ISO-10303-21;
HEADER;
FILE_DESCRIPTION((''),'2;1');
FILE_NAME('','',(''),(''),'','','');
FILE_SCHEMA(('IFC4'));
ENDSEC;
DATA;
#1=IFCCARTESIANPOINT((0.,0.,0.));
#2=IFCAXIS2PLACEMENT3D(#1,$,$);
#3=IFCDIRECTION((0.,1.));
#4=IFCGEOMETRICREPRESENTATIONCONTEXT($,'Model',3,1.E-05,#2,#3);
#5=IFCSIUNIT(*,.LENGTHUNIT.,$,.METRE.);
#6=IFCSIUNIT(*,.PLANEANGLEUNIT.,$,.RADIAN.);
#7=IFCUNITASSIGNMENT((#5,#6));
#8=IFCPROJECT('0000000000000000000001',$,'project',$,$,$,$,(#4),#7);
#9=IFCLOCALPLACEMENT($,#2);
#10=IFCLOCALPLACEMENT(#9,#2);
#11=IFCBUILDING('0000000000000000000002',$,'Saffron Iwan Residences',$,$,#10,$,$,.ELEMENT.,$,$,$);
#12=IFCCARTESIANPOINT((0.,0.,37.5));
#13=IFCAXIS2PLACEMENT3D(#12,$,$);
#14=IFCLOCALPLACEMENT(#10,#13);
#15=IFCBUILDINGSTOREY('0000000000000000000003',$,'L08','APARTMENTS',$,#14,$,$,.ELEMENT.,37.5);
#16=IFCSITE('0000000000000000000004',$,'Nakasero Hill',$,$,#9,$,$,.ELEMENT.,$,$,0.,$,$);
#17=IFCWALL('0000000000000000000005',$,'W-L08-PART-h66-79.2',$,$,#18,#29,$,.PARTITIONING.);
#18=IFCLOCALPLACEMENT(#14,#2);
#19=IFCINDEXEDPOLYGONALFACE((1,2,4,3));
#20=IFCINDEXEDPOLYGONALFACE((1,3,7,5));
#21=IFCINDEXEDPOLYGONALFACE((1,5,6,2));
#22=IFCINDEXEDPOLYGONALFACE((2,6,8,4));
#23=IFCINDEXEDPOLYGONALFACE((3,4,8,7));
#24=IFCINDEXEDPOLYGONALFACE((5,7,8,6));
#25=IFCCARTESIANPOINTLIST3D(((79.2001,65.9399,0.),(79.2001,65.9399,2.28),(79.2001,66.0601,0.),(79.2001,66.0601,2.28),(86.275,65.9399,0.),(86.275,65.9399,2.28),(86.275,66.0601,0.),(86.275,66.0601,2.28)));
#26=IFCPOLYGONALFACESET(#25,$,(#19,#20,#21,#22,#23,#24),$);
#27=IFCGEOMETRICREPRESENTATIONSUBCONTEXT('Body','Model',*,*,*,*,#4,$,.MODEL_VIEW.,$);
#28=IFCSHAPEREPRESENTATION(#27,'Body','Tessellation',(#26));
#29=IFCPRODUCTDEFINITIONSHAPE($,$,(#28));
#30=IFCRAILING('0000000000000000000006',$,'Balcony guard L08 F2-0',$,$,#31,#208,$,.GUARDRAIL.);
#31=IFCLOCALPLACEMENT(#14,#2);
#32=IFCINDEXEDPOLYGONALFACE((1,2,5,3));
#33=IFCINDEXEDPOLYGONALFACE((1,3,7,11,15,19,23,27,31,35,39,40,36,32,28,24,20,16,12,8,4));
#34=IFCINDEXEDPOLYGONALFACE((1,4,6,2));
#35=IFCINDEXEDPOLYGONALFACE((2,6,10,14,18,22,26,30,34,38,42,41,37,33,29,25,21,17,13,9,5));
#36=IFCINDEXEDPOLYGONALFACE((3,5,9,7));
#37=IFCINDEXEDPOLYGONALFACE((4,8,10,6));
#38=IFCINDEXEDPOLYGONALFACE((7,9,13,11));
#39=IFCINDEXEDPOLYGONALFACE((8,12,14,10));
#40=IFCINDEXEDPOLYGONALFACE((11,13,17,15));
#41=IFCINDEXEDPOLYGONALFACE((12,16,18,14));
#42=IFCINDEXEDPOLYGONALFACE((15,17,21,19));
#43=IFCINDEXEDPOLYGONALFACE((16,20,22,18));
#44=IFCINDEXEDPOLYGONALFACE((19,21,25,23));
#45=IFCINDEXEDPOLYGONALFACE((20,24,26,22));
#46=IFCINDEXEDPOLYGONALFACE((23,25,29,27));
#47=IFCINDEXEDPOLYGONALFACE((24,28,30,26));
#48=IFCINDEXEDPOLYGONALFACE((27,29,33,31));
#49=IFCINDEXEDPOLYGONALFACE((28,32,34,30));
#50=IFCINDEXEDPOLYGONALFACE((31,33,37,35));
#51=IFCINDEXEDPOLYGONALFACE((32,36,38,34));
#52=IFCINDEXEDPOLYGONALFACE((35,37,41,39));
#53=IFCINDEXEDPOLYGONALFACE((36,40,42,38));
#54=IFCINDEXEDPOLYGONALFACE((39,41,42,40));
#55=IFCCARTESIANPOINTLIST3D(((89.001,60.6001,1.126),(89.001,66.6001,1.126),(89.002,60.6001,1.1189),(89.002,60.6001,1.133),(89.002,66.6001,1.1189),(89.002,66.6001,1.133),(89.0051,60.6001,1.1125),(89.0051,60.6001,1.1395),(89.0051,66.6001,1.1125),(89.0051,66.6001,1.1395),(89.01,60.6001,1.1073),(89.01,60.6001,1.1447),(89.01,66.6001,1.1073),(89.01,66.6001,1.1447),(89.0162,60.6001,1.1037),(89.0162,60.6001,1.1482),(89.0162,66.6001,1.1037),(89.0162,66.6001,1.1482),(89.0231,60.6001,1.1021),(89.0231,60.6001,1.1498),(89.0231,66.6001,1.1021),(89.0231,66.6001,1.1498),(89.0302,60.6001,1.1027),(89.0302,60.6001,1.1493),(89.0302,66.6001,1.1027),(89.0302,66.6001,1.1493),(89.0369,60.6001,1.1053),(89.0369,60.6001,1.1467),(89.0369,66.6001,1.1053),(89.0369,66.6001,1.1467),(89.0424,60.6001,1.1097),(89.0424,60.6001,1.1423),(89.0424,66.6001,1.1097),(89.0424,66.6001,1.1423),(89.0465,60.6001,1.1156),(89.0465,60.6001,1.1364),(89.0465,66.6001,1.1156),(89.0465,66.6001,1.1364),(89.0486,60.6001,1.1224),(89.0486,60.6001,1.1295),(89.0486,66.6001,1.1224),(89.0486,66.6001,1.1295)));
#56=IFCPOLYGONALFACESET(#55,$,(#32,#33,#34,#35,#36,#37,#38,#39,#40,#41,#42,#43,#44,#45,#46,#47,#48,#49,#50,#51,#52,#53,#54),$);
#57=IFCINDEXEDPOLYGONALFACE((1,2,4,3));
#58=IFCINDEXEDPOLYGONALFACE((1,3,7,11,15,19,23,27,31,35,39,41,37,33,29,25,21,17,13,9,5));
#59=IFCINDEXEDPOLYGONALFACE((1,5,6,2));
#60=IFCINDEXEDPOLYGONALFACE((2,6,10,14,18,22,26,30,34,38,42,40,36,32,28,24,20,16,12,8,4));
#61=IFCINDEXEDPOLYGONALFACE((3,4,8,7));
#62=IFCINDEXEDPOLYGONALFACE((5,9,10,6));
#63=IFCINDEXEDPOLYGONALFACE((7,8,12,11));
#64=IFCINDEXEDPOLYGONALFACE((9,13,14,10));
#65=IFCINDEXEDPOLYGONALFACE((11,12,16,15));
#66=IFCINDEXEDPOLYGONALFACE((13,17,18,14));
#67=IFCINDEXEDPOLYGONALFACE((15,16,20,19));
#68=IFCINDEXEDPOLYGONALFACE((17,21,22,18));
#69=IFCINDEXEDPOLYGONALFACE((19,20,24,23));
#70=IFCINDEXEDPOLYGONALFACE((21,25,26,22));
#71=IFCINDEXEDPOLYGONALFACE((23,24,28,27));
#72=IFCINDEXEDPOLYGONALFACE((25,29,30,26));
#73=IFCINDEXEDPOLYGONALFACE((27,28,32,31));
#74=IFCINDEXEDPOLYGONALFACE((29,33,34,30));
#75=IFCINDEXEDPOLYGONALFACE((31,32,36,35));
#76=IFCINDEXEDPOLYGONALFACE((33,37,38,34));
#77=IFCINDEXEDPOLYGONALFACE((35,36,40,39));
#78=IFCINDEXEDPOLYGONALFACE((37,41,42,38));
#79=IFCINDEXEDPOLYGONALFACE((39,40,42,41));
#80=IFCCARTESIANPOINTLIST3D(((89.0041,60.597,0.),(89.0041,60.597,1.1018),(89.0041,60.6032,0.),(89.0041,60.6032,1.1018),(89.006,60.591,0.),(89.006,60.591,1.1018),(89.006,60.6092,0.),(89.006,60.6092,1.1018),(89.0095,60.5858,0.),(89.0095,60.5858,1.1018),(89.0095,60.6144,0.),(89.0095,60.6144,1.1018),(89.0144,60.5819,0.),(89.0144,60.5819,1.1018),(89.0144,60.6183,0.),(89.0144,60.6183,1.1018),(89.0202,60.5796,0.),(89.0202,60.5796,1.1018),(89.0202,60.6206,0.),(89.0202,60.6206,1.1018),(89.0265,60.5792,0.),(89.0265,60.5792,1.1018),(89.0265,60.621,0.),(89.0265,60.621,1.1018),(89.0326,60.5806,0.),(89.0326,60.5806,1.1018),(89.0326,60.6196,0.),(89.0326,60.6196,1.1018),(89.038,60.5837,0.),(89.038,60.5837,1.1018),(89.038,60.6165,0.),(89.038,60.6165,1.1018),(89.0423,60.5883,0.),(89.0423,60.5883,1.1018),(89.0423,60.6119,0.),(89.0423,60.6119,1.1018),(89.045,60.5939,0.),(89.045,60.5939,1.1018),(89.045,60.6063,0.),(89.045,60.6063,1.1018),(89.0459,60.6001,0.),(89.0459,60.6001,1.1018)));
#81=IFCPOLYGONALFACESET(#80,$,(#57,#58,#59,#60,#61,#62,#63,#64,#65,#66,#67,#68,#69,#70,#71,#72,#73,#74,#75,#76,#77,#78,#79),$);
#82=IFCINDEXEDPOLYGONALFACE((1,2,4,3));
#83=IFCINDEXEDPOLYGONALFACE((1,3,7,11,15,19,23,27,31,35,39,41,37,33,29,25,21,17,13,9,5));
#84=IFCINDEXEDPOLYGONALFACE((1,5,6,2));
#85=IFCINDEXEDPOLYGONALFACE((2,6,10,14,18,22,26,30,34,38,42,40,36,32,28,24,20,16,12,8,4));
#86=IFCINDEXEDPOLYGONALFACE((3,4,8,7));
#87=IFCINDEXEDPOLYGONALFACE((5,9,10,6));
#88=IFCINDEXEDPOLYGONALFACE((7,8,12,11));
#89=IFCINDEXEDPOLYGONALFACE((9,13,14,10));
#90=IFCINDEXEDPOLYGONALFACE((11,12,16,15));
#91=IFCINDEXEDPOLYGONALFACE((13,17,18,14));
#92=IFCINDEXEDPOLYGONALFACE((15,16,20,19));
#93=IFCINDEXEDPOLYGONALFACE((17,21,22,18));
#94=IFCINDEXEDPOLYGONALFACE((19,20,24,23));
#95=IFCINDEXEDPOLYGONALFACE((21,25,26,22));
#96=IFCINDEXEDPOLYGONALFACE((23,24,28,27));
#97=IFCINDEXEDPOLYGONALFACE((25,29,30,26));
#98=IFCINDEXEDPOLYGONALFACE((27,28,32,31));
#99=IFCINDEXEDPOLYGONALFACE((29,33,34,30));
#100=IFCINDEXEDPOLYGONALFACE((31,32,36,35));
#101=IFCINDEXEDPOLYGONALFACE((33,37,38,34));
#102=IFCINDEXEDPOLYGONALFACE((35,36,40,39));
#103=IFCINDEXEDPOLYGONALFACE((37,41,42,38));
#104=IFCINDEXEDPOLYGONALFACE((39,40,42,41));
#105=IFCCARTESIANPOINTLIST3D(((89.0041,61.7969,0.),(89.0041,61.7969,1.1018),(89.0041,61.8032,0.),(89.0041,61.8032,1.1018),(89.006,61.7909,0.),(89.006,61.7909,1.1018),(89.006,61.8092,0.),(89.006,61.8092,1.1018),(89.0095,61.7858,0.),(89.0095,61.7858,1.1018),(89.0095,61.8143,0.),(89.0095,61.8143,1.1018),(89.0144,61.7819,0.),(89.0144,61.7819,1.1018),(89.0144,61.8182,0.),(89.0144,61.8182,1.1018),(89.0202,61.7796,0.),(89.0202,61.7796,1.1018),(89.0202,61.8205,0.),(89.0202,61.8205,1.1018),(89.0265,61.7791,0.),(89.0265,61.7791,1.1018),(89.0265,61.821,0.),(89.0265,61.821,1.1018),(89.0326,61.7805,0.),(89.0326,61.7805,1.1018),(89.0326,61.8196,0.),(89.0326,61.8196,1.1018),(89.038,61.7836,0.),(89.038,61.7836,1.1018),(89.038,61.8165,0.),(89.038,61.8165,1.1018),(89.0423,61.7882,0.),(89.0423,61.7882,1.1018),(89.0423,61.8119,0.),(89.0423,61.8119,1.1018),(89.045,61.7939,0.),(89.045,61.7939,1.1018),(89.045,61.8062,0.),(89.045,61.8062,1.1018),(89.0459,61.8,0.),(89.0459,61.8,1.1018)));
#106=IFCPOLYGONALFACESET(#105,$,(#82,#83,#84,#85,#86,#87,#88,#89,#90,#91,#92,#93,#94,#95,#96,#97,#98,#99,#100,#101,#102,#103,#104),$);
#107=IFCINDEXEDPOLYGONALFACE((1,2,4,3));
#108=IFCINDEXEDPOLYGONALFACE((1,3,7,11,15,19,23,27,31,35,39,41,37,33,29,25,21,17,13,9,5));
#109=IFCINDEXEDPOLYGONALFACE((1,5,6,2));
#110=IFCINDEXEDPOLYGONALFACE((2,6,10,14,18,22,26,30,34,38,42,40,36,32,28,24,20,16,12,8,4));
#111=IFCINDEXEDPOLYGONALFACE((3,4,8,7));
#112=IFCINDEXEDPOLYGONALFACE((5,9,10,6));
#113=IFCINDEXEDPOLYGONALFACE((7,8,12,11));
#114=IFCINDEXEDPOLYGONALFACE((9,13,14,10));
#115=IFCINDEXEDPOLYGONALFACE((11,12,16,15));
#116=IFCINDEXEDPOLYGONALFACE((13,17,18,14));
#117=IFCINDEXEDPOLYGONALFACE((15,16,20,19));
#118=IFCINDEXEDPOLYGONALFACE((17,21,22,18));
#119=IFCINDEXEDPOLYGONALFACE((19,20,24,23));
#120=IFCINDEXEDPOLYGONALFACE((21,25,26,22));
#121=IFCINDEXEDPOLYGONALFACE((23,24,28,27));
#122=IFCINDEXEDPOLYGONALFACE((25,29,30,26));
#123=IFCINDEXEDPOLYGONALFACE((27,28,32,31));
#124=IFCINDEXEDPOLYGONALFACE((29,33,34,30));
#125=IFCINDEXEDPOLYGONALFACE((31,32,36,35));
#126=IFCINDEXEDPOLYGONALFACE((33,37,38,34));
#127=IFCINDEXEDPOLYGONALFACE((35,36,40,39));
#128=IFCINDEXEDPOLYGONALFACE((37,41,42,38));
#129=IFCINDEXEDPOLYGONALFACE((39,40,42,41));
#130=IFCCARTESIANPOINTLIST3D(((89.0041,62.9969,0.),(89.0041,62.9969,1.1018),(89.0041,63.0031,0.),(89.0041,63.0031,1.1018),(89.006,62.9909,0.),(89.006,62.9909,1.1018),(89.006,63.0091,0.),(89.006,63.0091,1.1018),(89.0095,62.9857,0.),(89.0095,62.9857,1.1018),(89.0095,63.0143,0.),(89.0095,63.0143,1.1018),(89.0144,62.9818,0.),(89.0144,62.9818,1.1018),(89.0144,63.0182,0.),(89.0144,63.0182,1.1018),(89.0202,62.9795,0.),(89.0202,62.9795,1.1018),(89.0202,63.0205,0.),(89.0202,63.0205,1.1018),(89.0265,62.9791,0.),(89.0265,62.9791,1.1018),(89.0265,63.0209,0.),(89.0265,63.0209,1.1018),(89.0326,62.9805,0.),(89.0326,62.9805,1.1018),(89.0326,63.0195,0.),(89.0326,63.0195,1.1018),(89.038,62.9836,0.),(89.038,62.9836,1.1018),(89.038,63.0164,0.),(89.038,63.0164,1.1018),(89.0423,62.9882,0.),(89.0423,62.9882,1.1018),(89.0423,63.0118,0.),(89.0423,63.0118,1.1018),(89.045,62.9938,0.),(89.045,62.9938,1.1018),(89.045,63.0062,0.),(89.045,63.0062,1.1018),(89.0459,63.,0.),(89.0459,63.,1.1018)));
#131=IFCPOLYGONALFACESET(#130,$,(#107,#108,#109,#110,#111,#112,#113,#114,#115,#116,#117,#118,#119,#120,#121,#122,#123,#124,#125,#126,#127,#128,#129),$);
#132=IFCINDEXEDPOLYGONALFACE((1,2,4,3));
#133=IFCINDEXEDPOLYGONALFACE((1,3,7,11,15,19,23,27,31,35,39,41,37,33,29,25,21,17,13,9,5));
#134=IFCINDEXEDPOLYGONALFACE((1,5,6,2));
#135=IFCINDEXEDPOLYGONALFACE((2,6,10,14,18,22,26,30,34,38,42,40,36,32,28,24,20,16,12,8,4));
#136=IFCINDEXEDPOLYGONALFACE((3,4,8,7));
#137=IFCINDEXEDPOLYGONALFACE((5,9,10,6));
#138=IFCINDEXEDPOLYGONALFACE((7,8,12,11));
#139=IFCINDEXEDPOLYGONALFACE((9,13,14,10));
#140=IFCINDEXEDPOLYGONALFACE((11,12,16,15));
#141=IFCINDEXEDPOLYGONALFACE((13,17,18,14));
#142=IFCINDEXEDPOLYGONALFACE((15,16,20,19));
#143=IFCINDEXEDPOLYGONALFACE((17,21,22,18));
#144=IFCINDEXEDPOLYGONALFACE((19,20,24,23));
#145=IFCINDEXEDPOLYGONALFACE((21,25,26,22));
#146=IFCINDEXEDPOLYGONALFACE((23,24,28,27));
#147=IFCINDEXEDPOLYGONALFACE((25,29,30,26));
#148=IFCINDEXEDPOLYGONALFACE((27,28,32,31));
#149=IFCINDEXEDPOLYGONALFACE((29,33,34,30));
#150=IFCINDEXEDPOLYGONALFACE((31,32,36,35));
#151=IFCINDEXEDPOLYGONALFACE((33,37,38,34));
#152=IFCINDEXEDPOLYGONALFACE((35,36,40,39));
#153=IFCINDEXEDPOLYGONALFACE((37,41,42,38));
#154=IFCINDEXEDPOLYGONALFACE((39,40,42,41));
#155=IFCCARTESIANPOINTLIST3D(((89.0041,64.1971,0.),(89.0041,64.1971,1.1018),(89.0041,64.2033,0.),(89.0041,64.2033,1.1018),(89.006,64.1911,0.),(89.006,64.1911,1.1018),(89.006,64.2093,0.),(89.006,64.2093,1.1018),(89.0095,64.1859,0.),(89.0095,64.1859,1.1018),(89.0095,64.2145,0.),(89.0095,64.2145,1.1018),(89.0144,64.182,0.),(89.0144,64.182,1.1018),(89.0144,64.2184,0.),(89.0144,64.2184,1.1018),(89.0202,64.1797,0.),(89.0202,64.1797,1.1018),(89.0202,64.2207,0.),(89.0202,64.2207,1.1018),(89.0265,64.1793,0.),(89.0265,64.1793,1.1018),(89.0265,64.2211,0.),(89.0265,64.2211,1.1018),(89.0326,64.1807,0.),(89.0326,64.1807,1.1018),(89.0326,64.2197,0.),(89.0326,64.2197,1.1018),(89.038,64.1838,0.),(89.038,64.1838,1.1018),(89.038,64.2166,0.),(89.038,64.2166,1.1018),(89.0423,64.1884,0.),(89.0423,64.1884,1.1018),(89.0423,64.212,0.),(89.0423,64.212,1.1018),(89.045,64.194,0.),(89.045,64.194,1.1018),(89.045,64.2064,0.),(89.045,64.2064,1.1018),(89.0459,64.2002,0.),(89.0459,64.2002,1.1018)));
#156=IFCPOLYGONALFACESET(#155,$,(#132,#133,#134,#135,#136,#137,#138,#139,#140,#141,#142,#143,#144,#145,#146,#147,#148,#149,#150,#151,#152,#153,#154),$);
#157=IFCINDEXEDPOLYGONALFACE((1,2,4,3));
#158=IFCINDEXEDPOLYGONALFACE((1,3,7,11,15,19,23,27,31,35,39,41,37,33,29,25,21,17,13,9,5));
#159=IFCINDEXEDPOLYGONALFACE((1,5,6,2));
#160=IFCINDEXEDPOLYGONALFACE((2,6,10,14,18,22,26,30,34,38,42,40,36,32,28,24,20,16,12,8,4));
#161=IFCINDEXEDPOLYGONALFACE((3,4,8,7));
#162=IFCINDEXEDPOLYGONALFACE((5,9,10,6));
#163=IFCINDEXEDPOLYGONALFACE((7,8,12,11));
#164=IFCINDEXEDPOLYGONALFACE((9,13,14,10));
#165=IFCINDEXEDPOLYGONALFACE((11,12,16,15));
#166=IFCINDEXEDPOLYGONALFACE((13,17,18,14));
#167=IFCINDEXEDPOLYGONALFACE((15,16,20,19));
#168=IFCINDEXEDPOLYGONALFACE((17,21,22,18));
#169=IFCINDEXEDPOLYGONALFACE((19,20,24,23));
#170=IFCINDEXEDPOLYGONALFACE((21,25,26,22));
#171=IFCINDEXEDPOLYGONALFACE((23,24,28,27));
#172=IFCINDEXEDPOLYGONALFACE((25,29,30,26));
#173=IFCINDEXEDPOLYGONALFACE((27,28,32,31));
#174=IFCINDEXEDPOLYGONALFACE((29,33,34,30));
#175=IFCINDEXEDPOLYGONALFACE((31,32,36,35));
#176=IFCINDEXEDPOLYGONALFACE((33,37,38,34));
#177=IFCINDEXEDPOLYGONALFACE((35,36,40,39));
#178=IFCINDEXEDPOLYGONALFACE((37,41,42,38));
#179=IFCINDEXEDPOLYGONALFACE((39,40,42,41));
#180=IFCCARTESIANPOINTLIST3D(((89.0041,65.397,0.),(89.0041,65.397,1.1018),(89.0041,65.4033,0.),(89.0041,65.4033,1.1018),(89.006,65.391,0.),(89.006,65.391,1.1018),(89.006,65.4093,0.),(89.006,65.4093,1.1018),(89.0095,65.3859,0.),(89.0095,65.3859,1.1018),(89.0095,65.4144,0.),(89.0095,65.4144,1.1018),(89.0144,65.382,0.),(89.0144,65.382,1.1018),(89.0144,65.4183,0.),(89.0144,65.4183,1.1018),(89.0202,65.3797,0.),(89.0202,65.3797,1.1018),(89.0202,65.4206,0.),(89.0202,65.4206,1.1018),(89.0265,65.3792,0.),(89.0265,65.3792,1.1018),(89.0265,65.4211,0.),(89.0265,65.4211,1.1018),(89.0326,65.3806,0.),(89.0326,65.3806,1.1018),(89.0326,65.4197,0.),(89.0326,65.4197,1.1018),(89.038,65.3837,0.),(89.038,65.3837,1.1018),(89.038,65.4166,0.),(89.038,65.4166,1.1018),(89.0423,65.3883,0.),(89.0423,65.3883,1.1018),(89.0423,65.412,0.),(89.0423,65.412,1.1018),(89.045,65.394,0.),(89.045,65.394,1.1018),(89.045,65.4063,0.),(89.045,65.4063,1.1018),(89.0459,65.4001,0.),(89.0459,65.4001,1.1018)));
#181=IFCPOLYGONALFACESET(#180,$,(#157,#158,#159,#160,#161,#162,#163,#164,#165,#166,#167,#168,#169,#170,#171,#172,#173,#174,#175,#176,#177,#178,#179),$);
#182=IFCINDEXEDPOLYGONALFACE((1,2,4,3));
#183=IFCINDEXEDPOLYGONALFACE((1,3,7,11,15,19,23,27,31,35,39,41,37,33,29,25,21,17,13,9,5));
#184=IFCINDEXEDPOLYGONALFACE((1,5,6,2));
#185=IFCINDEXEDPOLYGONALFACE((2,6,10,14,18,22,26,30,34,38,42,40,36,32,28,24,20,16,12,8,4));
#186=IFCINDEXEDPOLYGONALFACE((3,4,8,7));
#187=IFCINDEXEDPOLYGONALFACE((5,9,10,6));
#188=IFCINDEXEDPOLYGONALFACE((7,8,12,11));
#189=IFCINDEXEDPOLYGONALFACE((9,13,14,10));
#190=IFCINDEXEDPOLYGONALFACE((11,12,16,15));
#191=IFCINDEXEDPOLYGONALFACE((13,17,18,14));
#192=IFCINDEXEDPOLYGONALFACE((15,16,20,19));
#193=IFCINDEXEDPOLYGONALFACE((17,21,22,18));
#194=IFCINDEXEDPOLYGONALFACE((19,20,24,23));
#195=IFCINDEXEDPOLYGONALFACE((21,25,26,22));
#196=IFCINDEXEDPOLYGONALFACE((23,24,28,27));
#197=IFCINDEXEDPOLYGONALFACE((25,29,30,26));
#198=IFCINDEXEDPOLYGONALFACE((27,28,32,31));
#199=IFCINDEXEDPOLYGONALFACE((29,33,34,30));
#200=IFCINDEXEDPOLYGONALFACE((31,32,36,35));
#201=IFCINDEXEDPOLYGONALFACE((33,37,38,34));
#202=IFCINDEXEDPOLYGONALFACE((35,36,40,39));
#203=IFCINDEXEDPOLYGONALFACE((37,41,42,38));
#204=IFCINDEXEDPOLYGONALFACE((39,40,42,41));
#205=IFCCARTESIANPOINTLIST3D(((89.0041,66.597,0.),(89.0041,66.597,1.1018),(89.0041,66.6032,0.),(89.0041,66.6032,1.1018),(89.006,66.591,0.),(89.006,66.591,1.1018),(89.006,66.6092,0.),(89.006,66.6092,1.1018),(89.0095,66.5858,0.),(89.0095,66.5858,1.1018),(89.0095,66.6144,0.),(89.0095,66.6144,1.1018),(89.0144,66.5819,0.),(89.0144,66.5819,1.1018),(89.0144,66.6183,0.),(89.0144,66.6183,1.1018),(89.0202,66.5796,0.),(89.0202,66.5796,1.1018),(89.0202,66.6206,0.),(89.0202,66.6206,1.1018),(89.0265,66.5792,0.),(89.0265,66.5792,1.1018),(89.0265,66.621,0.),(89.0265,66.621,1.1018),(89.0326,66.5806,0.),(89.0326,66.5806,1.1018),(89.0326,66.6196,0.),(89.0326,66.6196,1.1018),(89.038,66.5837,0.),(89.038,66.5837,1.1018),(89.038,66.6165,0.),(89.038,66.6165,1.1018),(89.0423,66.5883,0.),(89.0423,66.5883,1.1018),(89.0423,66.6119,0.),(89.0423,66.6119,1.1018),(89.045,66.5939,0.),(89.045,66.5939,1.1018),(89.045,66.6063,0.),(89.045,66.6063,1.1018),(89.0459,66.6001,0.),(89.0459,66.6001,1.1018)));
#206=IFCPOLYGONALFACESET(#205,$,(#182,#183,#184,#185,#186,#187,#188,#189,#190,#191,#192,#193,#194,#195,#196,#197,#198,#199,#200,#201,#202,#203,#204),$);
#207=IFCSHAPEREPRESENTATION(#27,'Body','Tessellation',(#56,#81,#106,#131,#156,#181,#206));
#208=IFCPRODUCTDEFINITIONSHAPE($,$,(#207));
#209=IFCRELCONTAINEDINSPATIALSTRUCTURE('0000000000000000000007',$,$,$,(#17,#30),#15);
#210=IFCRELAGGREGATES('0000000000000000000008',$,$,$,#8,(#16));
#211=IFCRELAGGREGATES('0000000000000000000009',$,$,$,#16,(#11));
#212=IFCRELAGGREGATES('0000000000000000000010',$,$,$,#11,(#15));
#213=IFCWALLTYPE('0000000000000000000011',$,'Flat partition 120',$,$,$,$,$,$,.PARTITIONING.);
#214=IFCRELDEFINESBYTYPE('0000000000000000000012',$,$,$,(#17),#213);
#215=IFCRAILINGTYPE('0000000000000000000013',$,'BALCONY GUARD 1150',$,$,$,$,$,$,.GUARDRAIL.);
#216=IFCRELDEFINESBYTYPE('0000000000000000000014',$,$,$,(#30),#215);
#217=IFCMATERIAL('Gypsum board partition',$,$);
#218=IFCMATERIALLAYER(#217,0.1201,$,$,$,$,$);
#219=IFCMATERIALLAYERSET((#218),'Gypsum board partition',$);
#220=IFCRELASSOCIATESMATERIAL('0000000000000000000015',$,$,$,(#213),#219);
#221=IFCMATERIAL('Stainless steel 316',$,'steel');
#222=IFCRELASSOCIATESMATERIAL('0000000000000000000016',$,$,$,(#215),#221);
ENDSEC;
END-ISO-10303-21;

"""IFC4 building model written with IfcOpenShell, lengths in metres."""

from ifc_helpers import new_model, si_unit, direction, frame, frame_2d, origin, origin_2d, place, context, subcontext, project, spatial, rectangle, circle, extrude, material, layer, layer_set, type_object, element, save


model = new_model("IFC4")

# Units and contexts
model_context = context("Model", 3, precision=1e-05, world=origin(), true_north=direction((0.0, 1.0)))
body_context = subcontext(model_context, "Body", "Model", "MODEL_VIEW")
ifc_project = project(units=[si_unit("LENGTHUNIT", "METRE"), si_unit("PLANEANGLEUNIT", "RADIAN")], contexts=[model_context])

# Site, building, storey
site_placement = place(None, origin())
site = spatial("IfcSite", under=ifc_project, at=site_placement, Name="Nakasero Hill", CompositionType="ELEMENT", RefElevation=0.0)
building_placement = place(site_placement, origin())
building = spatial("IfcBuilding", under=site, at=building_placement, Name="Saffron Iwan Residences", CompositionType="ELEMENT")
storey_placement = place(building_placement, frame((0.0, 0.0, 37.5)))
storey = spatial("IfcBuildingStorey", under=building, at=storey_placement, Name="L08", Description="APARTMENTS", CompositionType="ELEMENT", Elevation=37.5)

# Wall
ifc_material_1 = material(Name="Gypsum board partition")
ifc_layer_1 = layer(ifc_material_1, 0.1201)
ifc_layer_set_1 = layer_set([ifc_layer_1], Name="Gypsum board partition")
wall_type_1 = type_object("IfcWallType", Name="Flat partition 120", PredefinedType="PARTITIONING", material=ifc_layer_set_1)
wall_1_placement = place(storey_placement, frame((79.2, 66.0, 0.0), z_axis=(0.0, 0.0, 1.0), x_axis=(1.0, 0.0, 0.0)))
element("IfcWall", 1, at=wall_1_placement, inside=storey, type_object=wall_type_1, Name="W-L08-PART-h66-79.2", PredefinedType="PARTITIONING", context=body_context, shape_type="SweptSolid", body=[
    extrude(rectangle(XDim=7.075, YDim=0.1201, at=frame_2d((3.5376, 0.0))), origin(), (0.0, 0.0, 1.0), 2.28),
])

# Railing
ifc_material_2 = material(Name="Stainless steel 316", Category="steel")
railing_type = type_object("IfcRailingType", Name="BALCONY GUARD 1150", PredefinedType="GUARDRAIL", material=ifc_material_2)
railing_placement = place(storey_placement, frame((89.0249, 60.6001, 0.0)))
element("IfcRailing", 2, at=railing_placement, inside=storey, type_object=railing_type, Name="Balcony guard L08 F2-0", PredefinedType="GUARDRAIL", context=body_context, shape_type="SweptSolid", body=[
    extrude(circle(Radius=0.0239, at=origin_2d()), frame((0.0, 0.0, 1.126), z_axis=(0.0, 1.0, 0.0), x_axis=(-1.0, 0.0, 0.0)), (0.0, 0.0, 1.0), 6.0),
    extrude(circle(Radius=0.021, at=origin_2d()), origin(), (0.0, 0.0, 1.0), 1.1018),
    extrude(circle(Radius=0.021, at=origin_2d()), frame((0.0, 1.2, 0.0)), (0.0, 0.0, 1.0), 1.1018),
    extrude(circle(Radius=0.021, at=origin_2d()), frame((0.0, 2.3999, 0.0)), (0.0, 0.0, 1.0), 1.1018),
    extrude(circle(Radius=0.021, at=origin_2d()), frame((0.0, 3.6001, 0.0)), (0.0, 0.0, 1.0), 1.1018),
    extrude(circle(Radius=0.021, at=origin_2d()), frame((0.0, 4.8, 0.0)), (0.0, 0.0, 1.0), 1.1018),
    extrude(circle(Radius=0.021, at=origin_2d()), frame((0.0, 6.0, 0.0)), (0.0, 0.0, 1.0), 1.1018),
])

save(model, "model.ifc")
